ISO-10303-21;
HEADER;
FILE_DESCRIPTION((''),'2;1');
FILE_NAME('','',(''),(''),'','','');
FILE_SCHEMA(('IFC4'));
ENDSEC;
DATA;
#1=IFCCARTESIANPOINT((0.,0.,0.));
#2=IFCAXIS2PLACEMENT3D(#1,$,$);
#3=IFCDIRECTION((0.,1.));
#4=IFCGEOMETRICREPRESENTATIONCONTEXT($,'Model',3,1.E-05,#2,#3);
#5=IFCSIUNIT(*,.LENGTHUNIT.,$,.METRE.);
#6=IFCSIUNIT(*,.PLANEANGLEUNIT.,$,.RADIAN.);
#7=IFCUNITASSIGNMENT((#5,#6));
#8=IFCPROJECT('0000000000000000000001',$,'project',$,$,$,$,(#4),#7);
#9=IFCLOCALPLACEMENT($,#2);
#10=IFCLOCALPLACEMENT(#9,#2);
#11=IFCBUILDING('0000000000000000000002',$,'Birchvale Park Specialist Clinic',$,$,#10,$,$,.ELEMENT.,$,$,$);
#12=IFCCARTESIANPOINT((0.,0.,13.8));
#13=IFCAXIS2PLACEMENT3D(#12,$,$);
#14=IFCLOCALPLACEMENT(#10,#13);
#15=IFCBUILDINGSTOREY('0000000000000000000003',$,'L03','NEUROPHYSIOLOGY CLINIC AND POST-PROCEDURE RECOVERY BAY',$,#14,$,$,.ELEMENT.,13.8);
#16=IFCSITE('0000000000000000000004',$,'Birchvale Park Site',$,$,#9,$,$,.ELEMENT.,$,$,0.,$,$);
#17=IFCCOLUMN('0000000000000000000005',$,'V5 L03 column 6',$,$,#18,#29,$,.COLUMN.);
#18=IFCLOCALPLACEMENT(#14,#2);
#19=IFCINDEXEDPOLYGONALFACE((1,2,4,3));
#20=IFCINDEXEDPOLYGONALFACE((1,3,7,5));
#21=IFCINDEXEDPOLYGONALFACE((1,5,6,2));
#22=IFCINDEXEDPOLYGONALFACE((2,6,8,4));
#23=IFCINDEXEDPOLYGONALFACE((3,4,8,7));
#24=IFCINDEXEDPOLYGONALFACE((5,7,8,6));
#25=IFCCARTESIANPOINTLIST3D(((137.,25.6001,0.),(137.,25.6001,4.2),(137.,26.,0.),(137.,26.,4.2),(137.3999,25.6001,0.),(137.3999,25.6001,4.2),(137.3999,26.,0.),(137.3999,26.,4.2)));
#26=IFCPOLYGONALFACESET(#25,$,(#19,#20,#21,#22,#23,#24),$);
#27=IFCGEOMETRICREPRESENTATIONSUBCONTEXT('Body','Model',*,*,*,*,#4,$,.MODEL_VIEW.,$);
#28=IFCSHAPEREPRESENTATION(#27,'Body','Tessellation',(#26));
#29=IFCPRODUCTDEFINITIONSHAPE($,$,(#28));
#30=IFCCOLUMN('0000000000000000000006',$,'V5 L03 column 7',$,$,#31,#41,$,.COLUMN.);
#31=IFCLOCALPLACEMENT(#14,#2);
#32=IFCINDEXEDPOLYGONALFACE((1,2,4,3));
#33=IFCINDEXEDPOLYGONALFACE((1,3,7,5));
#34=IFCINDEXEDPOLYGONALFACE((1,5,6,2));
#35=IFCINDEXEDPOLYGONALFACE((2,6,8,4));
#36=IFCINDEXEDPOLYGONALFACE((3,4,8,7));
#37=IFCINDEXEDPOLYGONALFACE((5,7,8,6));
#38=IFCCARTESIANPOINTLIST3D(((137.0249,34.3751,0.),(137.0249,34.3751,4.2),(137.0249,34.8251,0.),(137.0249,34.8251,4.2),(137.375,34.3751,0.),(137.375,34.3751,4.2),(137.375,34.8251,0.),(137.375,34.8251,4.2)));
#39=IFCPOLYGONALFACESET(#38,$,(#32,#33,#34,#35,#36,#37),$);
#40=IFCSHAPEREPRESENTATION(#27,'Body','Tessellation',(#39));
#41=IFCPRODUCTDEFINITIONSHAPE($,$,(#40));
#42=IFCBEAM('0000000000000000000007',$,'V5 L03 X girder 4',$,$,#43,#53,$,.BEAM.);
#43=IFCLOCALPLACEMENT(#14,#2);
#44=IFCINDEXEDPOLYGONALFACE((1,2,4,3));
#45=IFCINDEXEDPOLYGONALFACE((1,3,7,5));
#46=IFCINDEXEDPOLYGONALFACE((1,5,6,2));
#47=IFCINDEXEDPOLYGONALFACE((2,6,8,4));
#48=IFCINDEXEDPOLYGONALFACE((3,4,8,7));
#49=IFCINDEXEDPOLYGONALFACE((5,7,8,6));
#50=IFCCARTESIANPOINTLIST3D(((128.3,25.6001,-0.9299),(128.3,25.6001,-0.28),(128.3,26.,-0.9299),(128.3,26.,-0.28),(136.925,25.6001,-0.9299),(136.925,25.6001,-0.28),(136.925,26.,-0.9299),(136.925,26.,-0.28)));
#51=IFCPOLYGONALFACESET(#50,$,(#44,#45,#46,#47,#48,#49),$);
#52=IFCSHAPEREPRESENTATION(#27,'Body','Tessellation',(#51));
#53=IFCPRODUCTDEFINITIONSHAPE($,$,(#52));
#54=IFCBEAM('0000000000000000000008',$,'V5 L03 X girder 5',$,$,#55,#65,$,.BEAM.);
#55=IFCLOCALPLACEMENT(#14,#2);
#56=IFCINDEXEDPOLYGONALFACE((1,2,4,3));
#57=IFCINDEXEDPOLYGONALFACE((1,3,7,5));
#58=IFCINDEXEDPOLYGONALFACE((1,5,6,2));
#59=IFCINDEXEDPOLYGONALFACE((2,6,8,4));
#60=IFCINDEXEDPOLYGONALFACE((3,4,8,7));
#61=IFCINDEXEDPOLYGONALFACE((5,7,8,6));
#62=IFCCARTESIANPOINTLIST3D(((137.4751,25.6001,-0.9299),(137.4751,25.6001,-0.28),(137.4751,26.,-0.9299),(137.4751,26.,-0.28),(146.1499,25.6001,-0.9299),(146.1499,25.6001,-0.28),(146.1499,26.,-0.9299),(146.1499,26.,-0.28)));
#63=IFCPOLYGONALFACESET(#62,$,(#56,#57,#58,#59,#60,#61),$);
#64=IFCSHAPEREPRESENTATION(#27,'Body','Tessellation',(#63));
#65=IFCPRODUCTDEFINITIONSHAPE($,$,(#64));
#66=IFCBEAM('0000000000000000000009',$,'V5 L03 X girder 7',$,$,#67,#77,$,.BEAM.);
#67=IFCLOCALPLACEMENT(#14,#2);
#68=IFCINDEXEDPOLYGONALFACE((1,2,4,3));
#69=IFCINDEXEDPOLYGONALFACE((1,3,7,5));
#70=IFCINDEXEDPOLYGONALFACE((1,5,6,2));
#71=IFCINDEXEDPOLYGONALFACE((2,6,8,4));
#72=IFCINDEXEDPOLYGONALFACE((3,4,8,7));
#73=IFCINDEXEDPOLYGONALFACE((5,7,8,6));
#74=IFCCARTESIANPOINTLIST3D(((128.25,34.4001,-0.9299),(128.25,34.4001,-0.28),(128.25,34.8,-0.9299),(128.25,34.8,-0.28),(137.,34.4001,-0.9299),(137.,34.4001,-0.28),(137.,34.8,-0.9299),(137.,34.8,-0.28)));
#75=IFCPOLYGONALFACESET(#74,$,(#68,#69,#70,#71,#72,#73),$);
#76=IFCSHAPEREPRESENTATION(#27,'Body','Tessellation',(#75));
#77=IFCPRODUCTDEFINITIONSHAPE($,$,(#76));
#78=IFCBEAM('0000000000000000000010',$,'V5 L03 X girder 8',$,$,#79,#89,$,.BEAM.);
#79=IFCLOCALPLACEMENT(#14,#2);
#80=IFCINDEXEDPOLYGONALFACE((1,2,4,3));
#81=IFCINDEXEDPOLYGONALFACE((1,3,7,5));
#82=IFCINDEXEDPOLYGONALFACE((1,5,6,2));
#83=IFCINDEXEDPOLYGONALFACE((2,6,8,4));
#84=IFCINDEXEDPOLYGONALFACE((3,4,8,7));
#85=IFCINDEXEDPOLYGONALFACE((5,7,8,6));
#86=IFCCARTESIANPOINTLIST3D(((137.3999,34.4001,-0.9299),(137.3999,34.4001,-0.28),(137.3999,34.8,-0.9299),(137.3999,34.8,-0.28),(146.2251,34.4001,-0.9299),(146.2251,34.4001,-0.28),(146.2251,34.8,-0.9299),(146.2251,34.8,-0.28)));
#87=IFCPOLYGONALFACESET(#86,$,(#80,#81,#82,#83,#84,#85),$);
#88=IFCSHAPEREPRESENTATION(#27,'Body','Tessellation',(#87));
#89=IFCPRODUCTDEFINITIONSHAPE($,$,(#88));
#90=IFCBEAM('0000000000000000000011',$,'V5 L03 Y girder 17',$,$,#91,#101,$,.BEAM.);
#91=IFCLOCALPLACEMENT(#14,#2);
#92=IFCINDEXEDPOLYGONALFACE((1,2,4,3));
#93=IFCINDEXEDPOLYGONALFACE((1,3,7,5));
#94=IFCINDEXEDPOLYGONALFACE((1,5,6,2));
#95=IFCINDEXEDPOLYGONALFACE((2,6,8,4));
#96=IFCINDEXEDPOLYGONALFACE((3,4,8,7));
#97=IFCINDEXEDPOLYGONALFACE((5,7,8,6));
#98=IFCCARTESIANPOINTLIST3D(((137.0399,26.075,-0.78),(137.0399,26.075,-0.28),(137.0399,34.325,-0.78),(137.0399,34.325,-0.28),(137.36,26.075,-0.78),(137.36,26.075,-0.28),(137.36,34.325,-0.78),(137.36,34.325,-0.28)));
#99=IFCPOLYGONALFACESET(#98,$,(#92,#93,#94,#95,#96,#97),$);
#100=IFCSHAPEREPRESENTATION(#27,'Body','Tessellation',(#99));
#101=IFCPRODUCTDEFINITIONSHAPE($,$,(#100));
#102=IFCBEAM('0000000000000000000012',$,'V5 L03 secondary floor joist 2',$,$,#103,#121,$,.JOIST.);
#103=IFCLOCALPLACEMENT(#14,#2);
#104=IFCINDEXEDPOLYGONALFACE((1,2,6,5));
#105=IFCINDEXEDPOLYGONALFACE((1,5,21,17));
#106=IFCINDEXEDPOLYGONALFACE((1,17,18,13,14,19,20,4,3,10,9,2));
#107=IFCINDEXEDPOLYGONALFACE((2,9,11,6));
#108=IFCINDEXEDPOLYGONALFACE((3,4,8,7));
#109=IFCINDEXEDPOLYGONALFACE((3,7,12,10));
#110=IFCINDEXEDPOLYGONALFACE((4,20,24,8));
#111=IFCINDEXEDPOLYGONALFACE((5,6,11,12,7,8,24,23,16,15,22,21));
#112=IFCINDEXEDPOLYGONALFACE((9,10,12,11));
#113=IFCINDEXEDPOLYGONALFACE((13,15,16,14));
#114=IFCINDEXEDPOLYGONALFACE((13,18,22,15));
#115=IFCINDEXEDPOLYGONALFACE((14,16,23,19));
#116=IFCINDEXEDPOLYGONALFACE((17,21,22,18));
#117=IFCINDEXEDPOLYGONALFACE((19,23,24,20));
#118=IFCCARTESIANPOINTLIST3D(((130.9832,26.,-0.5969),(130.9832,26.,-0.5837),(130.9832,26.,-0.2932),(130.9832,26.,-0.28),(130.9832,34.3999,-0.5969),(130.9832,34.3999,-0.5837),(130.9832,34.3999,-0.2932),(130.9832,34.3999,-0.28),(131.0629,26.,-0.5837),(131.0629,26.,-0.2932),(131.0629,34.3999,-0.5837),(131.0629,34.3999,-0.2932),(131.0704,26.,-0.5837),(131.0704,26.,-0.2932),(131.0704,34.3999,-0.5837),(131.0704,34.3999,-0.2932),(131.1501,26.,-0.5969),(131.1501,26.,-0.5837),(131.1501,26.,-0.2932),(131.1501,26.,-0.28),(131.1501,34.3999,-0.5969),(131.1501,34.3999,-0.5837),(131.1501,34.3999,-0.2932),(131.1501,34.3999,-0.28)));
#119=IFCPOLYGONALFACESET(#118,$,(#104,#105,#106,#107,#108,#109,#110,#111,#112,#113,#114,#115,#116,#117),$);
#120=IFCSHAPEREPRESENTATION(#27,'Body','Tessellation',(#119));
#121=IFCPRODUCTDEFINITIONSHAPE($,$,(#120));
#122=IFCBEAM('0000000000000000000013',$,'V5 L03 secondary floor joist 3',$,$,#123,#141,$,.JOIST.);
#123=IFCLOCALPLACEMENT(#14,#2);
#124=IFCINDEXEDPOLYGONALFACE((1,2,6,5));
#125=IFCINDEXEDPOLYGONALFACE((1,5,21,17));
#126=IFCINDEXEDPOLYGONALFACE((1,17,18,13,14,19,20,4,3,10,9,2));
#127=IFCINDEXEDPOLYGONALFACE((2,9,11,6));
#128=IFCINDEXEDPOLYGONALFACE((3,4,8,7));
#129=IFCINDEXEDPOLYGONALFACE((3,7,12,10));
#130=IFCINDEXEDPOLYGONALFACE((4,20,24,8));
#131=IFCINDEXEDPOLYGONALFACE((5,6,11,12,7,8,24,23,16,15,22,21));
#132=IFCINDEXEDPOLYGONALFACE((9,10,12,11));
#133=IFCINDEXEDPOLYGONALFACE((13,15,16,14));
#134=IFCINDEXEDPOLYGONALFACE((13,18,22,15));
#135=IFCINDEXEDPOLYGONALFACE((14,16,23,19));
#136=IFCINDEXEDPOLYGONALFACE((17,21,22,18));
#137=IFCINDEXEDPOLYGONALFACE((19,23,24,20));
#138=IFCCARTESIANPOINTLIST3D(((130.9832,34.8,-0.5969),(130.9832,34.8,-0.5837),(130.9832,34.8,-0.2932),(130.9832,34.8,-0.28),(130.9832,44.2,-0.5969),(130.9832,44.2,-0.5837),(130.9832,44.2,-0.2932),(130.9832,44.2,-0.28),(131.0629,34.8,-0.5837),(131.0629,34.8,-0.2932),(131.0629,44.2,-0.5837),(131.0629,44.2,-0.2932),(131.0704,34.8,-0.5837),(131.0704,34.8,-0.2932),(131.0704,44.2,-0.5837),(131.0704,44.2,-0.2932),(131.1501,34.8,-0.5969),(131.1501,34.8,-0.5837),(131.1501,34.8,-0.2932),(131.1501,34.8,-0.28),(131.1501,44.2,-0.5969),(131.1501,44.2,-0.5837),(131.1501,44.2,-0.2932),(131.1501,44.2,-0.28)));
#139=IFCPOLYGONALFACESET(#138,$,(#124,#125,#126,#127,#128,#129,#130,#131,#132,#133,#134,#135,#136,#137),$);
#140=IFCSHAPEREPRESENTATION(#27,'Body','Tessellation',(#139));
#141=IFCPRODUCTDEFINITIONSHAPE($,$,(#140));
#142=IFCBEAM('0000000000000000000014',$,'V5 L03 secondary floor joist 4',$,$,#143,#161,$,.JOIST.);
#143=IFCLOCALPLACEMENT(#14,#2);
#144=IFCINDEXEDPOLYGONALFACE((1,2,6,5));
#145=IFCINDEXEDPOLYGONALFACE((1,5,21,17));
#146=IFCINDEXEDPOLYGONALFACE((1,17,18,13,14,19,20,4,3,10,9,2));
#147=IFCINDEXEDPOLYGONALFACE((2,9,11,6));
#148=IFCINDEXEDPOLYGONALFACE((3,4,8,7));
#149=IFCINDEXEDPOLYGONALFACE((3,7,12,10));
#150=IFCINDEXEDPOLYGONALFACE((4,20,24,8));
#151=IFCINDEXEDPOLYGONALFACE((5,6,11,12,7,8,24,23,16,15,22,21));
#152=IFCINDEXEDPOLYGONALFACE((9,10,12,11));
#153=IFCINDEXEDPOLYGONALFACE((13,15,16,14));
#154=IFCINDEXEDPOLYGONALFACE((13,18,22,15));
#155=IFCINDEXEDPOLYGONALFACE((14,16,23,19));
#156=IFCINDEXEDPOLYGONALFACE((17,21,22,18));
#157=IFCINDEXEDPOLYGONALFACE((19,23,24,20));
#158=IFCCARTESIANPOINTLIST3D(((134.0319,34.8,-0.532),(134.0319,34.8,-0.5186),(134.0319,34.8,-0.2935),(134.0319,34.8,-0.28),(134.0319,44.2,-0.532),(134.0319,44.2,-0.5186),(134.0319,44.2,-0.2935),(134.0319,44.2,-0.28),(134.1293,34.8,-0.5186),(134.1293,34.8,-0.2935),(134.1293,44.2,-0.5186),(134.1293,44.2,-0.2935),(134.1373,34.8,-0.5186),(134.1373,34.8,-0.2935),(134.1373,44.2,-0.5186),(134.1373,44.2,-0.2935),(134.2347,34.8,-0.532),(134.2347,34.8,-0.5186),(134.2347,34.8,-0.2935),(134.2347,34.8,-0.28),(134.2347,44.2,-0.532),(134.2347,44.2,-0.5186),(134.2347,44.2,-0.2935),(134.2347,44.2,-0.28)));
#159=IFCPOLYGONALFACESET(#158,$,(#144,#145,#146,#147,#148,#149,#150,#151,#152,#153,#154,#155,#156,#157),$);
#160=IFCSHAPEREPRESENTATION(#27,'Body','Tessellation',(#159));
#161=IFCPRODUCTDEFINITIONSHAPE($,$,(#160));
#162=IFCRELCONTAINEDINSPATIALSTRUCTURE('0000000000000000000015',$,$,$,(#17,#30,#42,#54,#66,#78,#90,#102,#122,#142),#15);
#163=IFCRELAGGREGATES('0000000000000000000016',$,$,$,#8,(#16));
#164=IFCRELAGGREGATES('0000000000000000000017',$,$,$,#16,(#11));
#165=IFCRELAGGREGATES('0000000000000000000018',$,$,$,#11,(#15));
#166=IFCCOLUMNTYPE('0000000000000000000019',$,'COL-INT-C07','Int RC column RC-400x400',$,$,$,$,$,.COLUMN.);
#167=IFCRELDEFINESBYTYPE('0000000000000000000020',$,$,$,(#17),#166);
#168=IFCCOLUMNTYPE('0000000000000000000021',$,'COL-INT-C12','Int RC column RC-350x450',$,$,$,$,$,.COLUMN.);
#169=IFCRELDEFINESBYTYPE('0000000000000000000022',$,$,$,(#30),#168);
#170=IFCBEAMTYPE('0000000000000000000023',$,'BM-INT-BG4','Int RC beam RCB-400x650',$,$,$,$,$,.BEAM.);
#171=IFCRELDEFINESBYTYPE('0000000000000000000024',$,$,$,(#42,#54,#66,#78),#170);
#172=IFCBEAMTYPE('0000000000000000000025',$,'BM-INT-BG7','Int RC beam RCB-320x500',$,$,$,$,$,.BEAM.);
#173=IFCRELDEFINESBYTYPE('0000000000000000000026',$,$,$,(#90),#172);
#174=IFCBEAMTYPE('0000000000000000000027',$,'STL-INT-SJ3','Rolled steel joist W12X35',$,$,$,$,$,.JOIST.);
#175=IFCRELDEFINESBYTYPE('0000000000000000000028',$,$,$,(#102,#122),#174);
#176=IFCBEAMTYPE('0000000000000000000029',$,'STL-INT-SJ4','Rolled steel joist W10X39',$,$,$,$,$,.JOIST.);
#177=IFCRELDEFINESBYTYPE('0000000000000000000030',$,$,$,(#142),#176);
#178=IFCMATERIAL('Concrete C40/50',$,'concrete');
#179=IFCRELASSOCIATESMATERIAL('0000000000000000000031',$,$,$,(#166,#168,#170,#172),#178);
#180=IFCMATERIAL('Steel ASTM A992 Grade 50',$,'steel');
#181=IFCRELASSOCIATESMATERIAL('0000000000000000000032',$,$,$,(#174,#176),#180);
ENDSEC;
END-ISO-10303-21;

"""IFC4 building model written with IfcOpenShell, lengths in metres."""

from ifc_helpers import new_model, si_unit, direction, frame, origin, origin_2d, place, context, subcontext, project, spatial, rectangle, i_section, extrude, material, material_profile, profile_set, type_object, element, save


model = new_model("IFC4")

# Units and contexts
model_context = context("Model", 3, precision=1e-05, world=origin(), true_north=direction((0.0, 1.0)))
body_context = subcontext(model_context, "Body", "Model", "MODEL_VIEW")
ifc_project = project(units=[si_unit("LENGTHUNIT", "METRE"), si_unit("PLANEANGLEUNIT", "RADIAN")], contexts=[model_context])

# Site, building, storey
site_placement = place(None, origin())
site = spatial("IfcSite", under=ifc_project, at=site_placement, Name="Birchvale Park Site", CompositionType="ELEMENT", RefElevation=0.0)
building_placement = place(site_placement, origin())
building = spatial("IfcBuilding", under=site, at=building_placement, Name="Birchvale Park Specialist Clinic", CompositionType="ELEMENT")
storey_placement = place(building_placement, frame((0.0, 0.0, 13.8)))
storey = spatial("IfcBuildingStorey", under=building, at=storey_placement, Name="L03", Description="NEUROPHYSIOLOGY CLINIC AND POST-PROCEDURE RECOVERY BAY", CompositionType="ELEMENT", Elevation=13.8)

# Columns
ifc_material_1 = material(Name="Concrete C40/50", Category="concrete")
ifc_material_profile_1 = material_profile(ifc_material_1, rectangle(XDim=0.3999, YDim=0.3999, at=origin_2d()), Name="RC-400x400")
ifc_profile_set_1 = profile_set([ifc_material_profile_1], Name="Concrete C40/50")
column_type_1 = type_object("IfcColumnType", Name="COL-INT-C07", Description="Int RC column RC-400x400", PredefinedType="COLUMN", material=ifc_profile_set_1)
column_1_placement = place(storey_placement, frame((137.2, 25.8, 0.0), z_axis=(0.0, 0.0, 1.0), x_axis=(1.0, 0.0, 0.0)))
element("IfcColumn", 1, at=column_1_placement, inside=storey, type_object=column_type_1, Name="V5 L03 column 6", PredefinedType="COLUMN", context=body_context, shape_type="SweptSolid", body=[
    extrude(rectangle(XDim=0.3999, YDim=0.3999, at=origin_2d()), origin(), (0.0, 0.0, 1.0), 4.2),
])
ifc_material_profile_2 = material_profile(ifc_material_1, rectangle(XDim=0.3501, YDim=0.45, at=origin_2d()), Name="RC-350x450")
ifc_profile_set_2 = profile_set([ifc_material_profile_2], Name="Concrete C40/50")
column_type_2 = type_object("IfcColumnType", Name="COL-INT-C12", Description="Int RC column RC-350x450", PredefinedType="COLUMN", material=ifc_profile_set_2)
column_2_placement = place(storey_placement, frame((137.2, 34.6001, 0.0), z_axis=(0.0, 0.0, 1.0), x_axis=(1.0, 0.0, 0.0)))
element("IfcColumn", 2, at=column_2_placement, inside=storey, type_object=column_type_2, Name="V5 L03 column 7", PredefinedType="COLUMN", context=body_context, shape_type="SweptSolid", body=[
    extrude(rectangle(XDim=0.3501, YDim=0.45, at=origin_2d()), origin(), (0.0, 0.0, 1.0), 4.2),
])

# Beams
ifc_material_profile_3 = material_profile(ifc_material_1, rectangle(XDim=0.3999, YDim=0.6499, at=origin_2d()), Name="RCB-400x650")
ifc_profile_set_3 = profile_set([ifc_material_profile_3], Name="Concrete C40/50")
beam_type_1 = type_object("IfcBeamType", Name="BM-INT-BG4", Description="Int RC beam RCB-400x650", PredefinedType="BEAM", material=ifc_profile_set_3)
beam_1_placement = place(storey_placement, frame((128.3, 25.8, -0.605), z_axis=(1.0, 0.0, 0.0), x_axis=(0.0, 1.0, 0.0)))
element("IfcBeam", 3, at=beam_1_placement, inside=storey, type_object=beam_type_1, Name="V5 L03 X girder 4", PredefinedType="BEAM", context=body_context, shape_type="SweptSolid", body=[
    extrude(rectangle(XDim=0.3999, YDim=0.6499, at=origin_2d()), origin(), (0.0, 0.0, 1.0), 8.625),
])
beam_2_placement = place(storey_placement, frame((137.4751, 25.8, -0.605), z_axis=(1.0, 0.0, 0.0), x_axis=(0.0, 1.0, 0.0)))
element("IfcBeam", 4, at=beam_2_placement, inside=storey, type_object=beam_type_1, Name="V5 L03 X girder 5", PredefinedType="BEAM", context=body_context, shape_type="SweptSolid", body=[
    extrude(rectangle(XDim=0.3999, YDim=0.6499, at=origin_2d()), origin(), (0.0, 0.0, 1.0), 8.6748),
])
beam_3_placement = place(storey_placement, frame((128.25, 34.6001, -0.605), z_axis=(1.0, 0.0, 0.0), x_axis=(0.0, 1.0, 0.0)))
element("IfcBeam", 5, at=beam_3_placement, inside=storey, type_object=beam_type_1, Name="V5 L03 X girder 7", PredefinedType="BEAM", context=body_context, shape_type="SweptSolid", body=[
    extrude(rectangle(XDim=0.3999, YDim=0.6499, at=origin_2d()), origin(), (0.0, 0.0, 1.0), 8.75),
])
beam_4_placement = place(storey_placement, frame((137.3999, 34.6001, -0.605), z_axis=(1.0, 0.0, 0.0), x_axis=(0.0, 1.0, 0.0)))
element("IfcBeam", 6, at=beam_4_placement, inside=storey, type_object=beam_type_1, Name="V5 L03 X girder 8", PredefinedType="BEAM", context=body_context, shape_type="SweptSolid", body=[
    extrude(rectangle(XDim=0.3999, YDim=0.6499, at=origin_2d()), origin(), (0.0, 0.0, 1.0), 8.8252),
])
ifc_material_profile_4 = material_profile(ifc_material_1, rectangle(XDim=0.3201, YDim=0.5, at=origin_2d()), Name="RCB-320x500")
ifc_profile_set_4 = profile_set([ifc_material_profile_4], Name="Concrete C40/50")
beam_type_2 = type_object("IfcBeamType", Name="BM-INT-BG7", Description="Int RC beam RCB-320x500", PredefinedType="BEAM", material=ifc_profile_set_4)
beam_5_placement = place(storey_placement, frame((137.2, 26.075, -0.53), z_axis=(0.0, 1.0, 0.0), x_axis=(-1.0, 0.0, 0.0)))
element("IfcBeam", 7, at=beam_5_placement, inside=storey, type_object=beam_type_2, Name="V5 L03 Y girder 17", PredefinedType="BEAM", context=body_context, shape_type="SweptSolid", body=[
    extrude(rectangle(XDim=0.3201, YDim=0.5, at=origin_2d()), origin(), (0.0, 0.0, 1.0), 8.25),
])
ifc_material_2 = material(Name="Steel ASTM A992 Grade 50", Category="steel")
ifc_material_profile_5 = material_profile(ifc_material_2, i_section(OverallWidth=0.167, OverallDepth=0.3169, WebThickness=0.0076, FlangeThickness=0.0132, at=origin_2d()), Name="W12X35")
ifc_profile_set_5 = profile_set([ifc_material_profile_5], Name="Steel ASTM A992 Grade 50")
beam_type_3 = type_object("IfcBeamType", Name="STL-INT-SJ3", Description="Rolled steel joist W12X35", PredefinedType="JOIST", material=ifc_profile_set_5)
beam_6_placement = place(storey_placement, frame((131.0667, 26.0, -0.4385), z_axis=(0.0, 1.0, 0.0), x_axis=(-1.0, 0.0, 0.0)))
element("IfcBeam", 8, at=beam_6_placement, inside=storey, type_object=beam_type_3, Name="V5 L03 secondary floor joist 2", PredefinedType="JOIST", context=body_context, shape_type="SweptSolid", body=[
    extrude(i_section(OverallWidth=0.167, OverallDepth=0.3169, WebThickness=0.0076, FlangeThickness=0.0132, at=origin_2d()), origin(), (0.0, 0.0, 1.0), 8.3999),
])
beam_7_placement = place(storey_placement, frame((131.0667, 34.8, -0.4385), z_axis=(0.0, 1.0, 0.0), x_axis=(-1.0, 0.0, 0.0)))
element("IfcBeam", 9, at=beam_7_placement, inside=storey, type_object=beam_type_3, Name="V5 L03 secondary floor joist 3", PredefinedType="JOIST", context=body_context, shape_type="SweptSolid", body=[
    extrude(i_section(OverallWidth=0.167, OverallDepth=0.3169, WebThickness=0.0076, FlangeThickness=0.0132, at=origin_2d()), origin(), (0.0, 0.0, 1.0), 9.3999),
])
ifc_material_profile_6 = material_profile(ifc_material_2, i_section(OverallWidth=0.2029, OverallDepth=0.252, WebThickness=0.0081, FlangeThickness=0.0134, at=origin_2d()), Name="W10X39")
ifc_profile_set_6 = profile_set([ifc_material_profile_6], Name="Steel ASTM A992 Grade 50")
beam_type_4 = type_object("IfcBeamType", Name="STL-INT-SJ4", Description="Rolled steel joist W10X39", PredefinedType="JOIST", material=ifc_profile_set_6)
beam_8_placement = place(storey_placement, frame((134.1333, 34.8, -0.406), z_axis=(0.0, 1.0, 0.0), x_axis=(-1.0, 0.0, 0.0)))
element("IfcBeam", 10, at=beam_8_placement, inside=storey, type_object=beam_type_4, Name="V5 L03 secondary floor joist 4", PredefinedType="JOIST", context=body_context, shape_type="SweptSolid", body=[
    extrude(i_section(OverallWidth=0.2029, OverallDepth=0.252, WebThickness=0.0081, FlangeThickness=0.0134, at=origin_2d()), origin(), (0.0, 0.0, 1.0), 9.3999),
])

save(model, "model.ifc")
